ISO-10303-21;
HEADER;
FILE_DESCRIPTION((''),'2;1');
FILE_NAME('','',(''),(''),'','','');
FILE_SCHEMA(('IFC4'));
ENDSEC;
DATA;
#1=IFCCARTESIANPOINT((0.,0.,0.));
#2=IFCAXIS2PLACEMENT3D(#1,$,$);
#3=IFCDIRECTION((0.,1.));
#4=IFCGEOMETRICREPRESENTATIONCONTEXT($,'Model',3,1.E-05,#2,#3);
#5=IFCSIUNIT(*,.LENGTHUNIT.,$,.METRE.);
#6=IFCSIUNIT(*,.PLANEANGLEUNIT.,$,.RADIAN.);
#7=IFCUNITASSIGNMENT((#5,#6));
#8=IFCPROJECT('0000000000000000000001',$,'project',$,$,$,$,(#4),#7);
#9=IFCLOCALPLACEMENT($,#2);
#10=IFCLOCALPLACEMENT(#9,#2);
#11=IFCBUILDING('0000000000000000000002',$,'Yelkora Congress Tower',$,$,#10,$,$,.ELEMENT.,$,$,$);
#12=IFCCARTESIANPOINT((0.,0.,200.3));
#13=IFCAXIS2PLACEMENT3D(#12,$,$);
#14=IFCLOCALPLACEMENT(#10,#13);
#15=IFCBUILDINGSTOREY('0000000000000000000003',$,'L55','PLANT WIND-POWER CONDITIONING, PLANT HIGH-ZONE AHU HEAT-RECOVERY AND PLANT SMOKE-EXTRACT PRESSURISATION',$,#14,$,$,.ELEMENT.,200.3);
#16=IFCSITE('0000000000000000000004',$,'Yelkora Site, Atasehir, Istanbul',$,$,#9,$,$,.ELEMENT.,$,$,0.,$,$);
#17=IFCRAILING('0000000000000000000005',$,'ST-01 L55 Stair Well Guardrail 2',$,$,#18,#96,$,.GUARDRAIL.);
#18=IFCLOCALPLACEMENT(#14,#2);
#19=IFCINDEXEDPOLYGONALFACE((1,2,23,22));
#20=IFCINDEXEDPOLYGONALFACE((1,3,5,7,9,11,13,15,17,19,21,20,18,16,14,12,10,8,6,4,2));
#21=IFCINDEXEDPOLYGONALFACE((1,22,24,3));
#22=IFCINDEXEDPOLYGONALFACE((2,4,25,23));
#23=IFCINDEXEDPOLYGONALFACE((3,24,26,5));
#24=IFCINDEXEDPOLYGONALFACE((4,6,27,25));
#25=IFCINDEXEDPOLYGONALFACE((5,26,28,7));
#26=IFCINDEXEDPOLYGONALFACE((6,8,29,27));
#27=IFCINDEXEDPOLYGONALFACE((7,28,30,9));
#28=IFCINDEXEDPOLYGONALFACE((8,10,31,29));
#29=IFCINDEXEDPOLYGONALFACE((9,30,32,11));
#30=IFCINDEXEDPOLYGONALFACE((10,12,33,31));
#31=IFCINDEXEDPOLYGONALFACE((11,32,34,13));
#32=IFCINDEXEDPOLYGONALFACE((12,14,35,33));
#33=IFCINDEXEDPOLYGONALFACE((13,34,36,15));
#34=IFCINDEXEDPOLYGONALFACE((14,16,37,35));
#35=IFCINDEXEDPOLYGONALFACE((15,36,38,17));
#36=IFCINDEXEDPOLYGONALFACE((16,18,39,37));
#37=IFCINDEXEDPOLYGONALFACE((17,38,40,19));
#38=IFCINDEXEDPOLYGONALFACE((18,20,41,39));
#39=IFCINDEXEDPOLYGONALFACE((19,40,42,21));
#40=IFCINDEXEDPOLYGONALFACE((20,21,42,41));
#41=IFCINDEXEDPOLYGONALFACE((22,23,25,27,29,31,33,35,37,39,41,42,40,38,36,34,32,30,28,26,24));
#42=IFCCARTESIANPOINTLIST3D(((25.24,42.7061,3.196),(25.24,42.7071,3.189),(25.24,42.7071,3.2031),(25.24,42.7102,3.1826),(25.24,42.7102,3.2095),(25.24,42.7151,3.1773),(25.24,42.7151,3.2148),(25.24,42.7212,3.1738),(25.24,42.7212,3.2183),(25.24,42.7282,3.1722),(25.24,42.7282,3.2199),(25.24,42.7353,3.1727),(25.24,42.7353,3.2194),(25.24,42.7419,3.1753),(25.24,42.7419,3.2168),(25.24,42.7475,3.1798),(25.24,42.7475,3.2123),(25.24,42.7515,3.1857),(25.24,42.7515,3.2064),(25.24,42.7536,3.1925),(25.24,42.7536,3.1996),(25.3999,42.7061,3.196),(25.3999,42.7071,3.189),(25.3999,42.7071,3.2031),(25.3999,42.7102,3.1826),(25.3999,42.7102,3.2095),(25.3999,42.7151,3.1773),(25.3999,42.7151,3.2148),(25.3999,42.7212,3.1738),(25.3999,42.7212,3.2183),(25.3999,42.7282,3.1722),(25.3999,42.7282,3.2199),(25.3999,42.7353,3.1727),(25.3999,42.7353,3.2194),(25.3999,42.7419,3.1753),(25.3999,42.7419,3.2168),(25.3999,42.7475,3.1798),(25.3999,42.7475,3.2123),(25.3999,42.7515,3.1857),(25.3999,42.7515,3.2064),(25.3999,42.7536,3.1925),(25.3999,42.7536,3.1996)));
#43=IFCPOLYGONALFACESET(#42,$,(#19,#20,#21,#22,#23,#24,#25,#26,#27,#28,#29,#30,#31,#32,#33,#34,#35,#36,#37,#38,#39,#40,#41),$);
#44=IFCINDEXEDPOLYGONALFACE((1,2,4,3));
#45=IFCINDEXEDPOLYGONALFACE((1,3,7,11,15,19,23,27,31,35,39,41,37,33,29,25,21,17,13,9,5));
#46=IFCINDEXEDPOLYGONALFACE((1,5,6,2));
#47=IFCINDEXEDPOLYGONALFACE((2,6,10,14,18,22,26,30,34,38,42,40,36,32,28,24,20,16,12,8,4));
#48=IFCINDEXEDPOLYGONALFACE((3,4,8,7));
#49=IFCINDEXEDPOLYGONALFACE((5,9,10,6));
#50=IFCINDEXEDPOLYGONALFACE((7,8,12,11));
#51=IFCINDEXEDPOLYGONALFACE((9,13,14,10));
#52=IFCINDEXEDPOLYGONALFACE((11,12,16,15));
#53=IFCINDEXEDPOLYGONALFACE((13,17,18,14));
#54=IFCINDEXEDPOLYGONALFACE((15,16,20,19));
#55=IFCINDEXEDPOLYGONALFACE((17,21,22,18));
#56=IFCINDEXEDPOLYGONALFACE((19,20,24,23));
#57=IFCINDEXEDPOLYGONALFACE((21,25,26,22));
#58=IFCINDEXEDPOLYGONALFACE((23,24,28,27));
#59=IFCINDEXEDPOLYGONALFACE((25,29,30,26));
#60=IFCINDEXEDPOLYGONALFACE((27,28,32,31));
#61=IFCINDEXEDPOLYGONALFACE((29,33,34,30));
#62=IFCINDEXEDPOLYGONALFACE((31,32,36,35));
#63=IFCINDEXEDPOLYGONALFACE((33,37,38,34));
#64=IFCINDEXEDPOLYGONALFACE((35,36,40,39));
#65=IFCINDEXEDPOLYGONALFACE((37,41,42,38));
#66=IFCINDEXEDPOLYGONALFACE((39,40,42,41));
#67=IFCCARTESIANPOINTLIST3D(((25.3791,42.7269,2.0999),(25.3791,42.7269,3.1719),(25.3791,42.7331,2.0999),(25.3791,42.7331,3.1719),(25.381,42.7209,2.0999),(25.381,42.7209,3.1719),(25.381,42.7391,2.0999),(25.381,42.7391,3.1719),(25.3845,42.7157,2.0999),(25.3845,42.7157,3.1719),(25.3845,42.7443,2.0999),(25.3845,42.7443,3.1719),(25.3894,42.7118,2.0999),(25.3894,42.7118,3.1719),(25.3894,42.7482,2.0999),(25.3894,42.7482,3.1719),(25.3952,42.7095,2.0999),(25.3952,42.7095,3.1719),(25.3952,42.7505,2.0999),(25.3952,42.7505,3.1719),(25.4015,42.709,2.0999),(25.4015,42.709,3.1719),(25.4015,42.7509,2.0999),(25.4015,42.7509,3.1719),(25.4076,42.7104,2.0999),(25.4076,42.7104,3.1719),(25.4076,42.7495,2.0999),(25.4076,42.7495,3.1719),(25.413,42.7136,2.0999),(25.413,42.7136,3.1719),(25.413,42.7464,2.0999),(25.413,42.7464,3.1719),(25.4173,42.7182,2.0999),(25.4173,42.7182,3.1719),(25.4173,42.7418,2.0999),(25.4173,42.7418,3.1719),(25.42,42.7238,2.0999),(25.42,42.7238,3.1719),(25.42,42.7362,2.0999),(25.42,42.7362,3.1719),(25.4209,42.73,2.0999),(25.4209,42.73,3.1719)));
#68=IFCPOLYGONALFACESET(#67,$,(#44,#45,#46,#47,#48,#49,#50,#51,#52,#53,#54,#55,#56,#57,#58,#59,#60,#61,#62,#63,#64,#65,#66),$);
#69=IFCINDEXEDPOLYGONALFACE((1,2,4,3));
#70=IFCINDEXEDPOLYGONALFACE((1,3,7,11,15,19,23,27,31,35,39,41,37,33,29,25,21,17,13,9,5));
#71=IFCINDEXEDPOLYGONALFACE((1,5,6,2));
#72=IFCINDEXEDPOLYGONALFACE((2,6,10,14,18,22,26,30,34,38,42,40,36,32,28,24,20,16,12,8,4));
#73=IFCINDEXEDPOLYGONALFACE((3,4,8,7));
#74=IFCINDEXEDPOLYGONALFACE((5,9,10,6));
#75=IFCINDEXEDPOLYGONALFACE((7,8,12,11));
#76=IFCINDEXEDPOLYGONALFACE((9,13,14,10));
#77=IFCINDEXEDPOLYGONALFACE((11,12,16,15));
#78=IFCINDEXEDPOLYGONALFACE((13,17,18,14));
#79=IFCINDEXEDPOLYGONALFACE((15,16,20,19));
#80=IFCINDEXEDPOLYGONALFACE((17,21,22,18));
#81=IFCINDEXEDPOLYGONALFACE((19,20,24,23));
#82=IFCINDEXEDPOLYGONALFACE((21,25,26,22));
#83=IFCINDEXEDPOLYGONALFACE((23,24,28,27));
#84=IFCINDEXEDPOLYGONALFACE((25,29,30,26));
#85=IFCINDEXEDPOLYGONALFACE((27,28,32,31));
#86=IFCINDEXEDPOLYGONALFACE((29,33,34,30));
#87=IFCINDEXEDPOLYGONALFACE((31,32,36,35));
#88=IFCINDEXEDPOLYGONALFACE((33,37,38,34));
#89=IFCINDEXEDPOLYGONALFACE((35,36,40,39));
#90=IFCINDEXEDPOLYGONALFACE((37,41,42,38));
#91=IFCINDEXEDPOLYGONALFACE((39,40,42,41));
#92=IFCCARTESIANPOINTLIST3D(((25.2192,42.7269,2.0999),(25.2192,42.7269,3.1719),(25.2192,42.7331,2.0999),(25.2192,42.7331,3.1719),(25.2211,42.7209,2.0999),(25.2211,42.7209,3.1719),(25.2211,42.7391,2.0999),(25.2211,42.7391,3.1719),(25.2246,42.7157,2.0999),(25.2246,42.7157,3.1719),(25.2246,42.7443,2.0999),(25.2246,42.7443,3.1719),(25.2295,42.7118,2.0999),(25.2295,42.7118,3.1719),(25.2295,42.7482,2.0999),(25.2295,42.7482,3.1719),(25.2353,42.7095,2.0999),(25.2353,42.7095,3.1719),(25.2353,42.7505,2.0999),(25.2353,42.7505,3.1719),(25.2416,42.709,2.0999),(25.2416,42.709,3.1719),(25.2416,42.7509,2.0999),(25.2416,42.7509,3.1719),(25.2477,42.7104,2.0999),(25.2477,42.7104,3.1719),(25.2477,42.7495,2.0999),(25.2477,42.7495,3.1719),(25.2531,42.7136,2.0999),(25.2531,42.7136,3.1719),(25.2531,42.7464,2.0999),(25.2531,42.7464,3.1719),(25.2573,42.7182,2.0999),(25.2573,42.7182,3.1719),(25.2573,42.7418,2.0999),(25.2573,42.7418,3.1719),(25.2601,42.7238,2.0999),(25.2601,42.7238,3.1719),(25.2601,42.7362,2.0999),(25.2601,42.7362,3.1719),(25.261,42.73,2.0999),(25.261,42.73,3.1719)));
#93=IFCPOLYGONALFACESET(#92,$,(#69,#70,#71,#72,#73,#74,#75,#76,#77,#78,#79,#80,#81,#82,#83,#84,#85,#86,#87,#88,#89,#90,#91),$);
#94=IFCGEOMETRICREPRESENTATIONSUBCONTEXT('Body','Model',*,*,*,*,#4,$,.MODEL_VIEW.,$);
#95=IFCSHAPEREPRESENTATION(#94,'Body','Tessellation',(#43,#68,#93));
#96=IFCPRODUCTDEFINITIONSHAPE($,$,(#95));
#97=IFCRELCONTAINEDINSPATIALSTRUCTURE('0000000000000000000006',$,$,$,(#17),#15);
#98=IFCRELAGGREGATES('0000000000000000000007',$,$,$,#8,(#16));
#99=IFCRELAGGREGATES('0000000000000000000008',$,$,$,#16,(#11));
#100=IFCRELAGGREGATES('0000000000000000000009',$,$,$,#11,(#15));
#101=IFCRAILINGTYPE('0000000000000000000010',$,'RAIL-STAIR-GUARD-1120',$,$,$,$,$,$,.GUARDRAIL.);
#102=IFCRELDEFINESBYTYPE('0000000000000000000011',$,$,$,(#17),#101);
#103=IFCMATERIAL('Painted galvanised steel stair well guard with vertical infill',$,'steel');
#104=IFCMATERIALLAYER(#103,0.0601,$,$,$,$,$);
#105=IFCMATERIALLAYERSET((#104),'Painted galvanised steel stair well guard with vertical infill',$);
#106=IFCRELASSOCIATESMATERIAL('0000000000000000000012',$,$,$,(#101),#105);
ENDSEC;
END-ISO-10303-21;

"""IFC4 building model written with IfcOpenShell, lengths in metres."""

from ifc_helpers import new_model, si_unit, direction, frame, origin, origin_2d, place, context, subcontext, project, spatial, circle, extrude, material, layer, layer_set, type_object, element, save


model = new_model("IFC4")

# Units and contexts
model_context = context("Model", 3, precision=1e-05, world=origin(), true_north=direction((0.0, 1.0)))
body_context = subcontext(model_context, "Body", "Model", "MODEL_VIEW")
ifc_project = project(units=[si_unit("LENGTHUNIT", "METRE"), si_unit("PLANEANGLEUNIT", "RADIAN")], contexts=[model_context])

# Site, building, storey
site_placement = place(None, origin())
site = spatial("IfcSite", under=ifc_project, at=site_placement, Name="Yelkora Site, Atasehir, Istanbul", CompositionType="ELEMENT", RefElevation=0.0)
building_placement = place(site_placement, origin())
building = spatial("IfcBuilding", under=site, at=building_placement, Name="Yelkora Congress Tower", CompositionType="ELEMENT")
storey_placement = place(building_placement, frame((0.0, 0.0, 200.3)))
storey = spatial("IfcBuildingStorey", under=building, at=storey_placement, Name="L55", Description="PLANT WIND-POWER CONDITIONING, PLANT HIGH-ZONE AHU HEAT-RECOVERY AND PLANT SMOKE-EXTRACT PRESSURISATION", CompositionType="ELEMENT", Elevation=200.3)

# Railing
ifc_material_1 = material(Name="Painted galvanised steel stair well guard with vertical infill", Category="steel")
ifc_layer_1 = layer(ifc_material_1, 0.0601)
ifc_layer_set_1 = layer_set([ifc_layer_1], Name="Painted galvanised steel stair well guard with vertical infill")
railing_type_1 = type_object("IfcRailingType", Name="RAIL-STAIR-GUARD-1120", PredefinedType="GUARDRAIL", material=ifc_layer_set_1)
railing_1_placement = place(storey_placement, frame((25.3999, 42.73, 2.0999)))
element("IfcRailing", 1, at=railing_1_placement, inside=storey, type_object=railing_type_1, Name="ST-01 L55 Stair Well Guardrail 2", PredefinedType="GUARDRAIL", context=body_context, shape_type="SweptSolid", body=[
    extrude(circle(Radius=0.0239, at=origin_2d()), frame((0.0, 0.0, 1.0962), z_axis=(-1.0, 0.0, 0.0), x_axis=(0.0, -1.0, 0.0)), (0.0, 0.0, 1.0), 0.1599),
    extrude(circle(Radius=0.021, at=origin_2d()), origin(), (0.0, 0.0, 1.0), 1.072),
    extrude(circle(Radius=0.021, at=origin_2d()), frame((-0.1599, 0.0, 0.0)), (0.0, 0.0, 1.0), 1.072),
])

save(model, "model.ifc")
